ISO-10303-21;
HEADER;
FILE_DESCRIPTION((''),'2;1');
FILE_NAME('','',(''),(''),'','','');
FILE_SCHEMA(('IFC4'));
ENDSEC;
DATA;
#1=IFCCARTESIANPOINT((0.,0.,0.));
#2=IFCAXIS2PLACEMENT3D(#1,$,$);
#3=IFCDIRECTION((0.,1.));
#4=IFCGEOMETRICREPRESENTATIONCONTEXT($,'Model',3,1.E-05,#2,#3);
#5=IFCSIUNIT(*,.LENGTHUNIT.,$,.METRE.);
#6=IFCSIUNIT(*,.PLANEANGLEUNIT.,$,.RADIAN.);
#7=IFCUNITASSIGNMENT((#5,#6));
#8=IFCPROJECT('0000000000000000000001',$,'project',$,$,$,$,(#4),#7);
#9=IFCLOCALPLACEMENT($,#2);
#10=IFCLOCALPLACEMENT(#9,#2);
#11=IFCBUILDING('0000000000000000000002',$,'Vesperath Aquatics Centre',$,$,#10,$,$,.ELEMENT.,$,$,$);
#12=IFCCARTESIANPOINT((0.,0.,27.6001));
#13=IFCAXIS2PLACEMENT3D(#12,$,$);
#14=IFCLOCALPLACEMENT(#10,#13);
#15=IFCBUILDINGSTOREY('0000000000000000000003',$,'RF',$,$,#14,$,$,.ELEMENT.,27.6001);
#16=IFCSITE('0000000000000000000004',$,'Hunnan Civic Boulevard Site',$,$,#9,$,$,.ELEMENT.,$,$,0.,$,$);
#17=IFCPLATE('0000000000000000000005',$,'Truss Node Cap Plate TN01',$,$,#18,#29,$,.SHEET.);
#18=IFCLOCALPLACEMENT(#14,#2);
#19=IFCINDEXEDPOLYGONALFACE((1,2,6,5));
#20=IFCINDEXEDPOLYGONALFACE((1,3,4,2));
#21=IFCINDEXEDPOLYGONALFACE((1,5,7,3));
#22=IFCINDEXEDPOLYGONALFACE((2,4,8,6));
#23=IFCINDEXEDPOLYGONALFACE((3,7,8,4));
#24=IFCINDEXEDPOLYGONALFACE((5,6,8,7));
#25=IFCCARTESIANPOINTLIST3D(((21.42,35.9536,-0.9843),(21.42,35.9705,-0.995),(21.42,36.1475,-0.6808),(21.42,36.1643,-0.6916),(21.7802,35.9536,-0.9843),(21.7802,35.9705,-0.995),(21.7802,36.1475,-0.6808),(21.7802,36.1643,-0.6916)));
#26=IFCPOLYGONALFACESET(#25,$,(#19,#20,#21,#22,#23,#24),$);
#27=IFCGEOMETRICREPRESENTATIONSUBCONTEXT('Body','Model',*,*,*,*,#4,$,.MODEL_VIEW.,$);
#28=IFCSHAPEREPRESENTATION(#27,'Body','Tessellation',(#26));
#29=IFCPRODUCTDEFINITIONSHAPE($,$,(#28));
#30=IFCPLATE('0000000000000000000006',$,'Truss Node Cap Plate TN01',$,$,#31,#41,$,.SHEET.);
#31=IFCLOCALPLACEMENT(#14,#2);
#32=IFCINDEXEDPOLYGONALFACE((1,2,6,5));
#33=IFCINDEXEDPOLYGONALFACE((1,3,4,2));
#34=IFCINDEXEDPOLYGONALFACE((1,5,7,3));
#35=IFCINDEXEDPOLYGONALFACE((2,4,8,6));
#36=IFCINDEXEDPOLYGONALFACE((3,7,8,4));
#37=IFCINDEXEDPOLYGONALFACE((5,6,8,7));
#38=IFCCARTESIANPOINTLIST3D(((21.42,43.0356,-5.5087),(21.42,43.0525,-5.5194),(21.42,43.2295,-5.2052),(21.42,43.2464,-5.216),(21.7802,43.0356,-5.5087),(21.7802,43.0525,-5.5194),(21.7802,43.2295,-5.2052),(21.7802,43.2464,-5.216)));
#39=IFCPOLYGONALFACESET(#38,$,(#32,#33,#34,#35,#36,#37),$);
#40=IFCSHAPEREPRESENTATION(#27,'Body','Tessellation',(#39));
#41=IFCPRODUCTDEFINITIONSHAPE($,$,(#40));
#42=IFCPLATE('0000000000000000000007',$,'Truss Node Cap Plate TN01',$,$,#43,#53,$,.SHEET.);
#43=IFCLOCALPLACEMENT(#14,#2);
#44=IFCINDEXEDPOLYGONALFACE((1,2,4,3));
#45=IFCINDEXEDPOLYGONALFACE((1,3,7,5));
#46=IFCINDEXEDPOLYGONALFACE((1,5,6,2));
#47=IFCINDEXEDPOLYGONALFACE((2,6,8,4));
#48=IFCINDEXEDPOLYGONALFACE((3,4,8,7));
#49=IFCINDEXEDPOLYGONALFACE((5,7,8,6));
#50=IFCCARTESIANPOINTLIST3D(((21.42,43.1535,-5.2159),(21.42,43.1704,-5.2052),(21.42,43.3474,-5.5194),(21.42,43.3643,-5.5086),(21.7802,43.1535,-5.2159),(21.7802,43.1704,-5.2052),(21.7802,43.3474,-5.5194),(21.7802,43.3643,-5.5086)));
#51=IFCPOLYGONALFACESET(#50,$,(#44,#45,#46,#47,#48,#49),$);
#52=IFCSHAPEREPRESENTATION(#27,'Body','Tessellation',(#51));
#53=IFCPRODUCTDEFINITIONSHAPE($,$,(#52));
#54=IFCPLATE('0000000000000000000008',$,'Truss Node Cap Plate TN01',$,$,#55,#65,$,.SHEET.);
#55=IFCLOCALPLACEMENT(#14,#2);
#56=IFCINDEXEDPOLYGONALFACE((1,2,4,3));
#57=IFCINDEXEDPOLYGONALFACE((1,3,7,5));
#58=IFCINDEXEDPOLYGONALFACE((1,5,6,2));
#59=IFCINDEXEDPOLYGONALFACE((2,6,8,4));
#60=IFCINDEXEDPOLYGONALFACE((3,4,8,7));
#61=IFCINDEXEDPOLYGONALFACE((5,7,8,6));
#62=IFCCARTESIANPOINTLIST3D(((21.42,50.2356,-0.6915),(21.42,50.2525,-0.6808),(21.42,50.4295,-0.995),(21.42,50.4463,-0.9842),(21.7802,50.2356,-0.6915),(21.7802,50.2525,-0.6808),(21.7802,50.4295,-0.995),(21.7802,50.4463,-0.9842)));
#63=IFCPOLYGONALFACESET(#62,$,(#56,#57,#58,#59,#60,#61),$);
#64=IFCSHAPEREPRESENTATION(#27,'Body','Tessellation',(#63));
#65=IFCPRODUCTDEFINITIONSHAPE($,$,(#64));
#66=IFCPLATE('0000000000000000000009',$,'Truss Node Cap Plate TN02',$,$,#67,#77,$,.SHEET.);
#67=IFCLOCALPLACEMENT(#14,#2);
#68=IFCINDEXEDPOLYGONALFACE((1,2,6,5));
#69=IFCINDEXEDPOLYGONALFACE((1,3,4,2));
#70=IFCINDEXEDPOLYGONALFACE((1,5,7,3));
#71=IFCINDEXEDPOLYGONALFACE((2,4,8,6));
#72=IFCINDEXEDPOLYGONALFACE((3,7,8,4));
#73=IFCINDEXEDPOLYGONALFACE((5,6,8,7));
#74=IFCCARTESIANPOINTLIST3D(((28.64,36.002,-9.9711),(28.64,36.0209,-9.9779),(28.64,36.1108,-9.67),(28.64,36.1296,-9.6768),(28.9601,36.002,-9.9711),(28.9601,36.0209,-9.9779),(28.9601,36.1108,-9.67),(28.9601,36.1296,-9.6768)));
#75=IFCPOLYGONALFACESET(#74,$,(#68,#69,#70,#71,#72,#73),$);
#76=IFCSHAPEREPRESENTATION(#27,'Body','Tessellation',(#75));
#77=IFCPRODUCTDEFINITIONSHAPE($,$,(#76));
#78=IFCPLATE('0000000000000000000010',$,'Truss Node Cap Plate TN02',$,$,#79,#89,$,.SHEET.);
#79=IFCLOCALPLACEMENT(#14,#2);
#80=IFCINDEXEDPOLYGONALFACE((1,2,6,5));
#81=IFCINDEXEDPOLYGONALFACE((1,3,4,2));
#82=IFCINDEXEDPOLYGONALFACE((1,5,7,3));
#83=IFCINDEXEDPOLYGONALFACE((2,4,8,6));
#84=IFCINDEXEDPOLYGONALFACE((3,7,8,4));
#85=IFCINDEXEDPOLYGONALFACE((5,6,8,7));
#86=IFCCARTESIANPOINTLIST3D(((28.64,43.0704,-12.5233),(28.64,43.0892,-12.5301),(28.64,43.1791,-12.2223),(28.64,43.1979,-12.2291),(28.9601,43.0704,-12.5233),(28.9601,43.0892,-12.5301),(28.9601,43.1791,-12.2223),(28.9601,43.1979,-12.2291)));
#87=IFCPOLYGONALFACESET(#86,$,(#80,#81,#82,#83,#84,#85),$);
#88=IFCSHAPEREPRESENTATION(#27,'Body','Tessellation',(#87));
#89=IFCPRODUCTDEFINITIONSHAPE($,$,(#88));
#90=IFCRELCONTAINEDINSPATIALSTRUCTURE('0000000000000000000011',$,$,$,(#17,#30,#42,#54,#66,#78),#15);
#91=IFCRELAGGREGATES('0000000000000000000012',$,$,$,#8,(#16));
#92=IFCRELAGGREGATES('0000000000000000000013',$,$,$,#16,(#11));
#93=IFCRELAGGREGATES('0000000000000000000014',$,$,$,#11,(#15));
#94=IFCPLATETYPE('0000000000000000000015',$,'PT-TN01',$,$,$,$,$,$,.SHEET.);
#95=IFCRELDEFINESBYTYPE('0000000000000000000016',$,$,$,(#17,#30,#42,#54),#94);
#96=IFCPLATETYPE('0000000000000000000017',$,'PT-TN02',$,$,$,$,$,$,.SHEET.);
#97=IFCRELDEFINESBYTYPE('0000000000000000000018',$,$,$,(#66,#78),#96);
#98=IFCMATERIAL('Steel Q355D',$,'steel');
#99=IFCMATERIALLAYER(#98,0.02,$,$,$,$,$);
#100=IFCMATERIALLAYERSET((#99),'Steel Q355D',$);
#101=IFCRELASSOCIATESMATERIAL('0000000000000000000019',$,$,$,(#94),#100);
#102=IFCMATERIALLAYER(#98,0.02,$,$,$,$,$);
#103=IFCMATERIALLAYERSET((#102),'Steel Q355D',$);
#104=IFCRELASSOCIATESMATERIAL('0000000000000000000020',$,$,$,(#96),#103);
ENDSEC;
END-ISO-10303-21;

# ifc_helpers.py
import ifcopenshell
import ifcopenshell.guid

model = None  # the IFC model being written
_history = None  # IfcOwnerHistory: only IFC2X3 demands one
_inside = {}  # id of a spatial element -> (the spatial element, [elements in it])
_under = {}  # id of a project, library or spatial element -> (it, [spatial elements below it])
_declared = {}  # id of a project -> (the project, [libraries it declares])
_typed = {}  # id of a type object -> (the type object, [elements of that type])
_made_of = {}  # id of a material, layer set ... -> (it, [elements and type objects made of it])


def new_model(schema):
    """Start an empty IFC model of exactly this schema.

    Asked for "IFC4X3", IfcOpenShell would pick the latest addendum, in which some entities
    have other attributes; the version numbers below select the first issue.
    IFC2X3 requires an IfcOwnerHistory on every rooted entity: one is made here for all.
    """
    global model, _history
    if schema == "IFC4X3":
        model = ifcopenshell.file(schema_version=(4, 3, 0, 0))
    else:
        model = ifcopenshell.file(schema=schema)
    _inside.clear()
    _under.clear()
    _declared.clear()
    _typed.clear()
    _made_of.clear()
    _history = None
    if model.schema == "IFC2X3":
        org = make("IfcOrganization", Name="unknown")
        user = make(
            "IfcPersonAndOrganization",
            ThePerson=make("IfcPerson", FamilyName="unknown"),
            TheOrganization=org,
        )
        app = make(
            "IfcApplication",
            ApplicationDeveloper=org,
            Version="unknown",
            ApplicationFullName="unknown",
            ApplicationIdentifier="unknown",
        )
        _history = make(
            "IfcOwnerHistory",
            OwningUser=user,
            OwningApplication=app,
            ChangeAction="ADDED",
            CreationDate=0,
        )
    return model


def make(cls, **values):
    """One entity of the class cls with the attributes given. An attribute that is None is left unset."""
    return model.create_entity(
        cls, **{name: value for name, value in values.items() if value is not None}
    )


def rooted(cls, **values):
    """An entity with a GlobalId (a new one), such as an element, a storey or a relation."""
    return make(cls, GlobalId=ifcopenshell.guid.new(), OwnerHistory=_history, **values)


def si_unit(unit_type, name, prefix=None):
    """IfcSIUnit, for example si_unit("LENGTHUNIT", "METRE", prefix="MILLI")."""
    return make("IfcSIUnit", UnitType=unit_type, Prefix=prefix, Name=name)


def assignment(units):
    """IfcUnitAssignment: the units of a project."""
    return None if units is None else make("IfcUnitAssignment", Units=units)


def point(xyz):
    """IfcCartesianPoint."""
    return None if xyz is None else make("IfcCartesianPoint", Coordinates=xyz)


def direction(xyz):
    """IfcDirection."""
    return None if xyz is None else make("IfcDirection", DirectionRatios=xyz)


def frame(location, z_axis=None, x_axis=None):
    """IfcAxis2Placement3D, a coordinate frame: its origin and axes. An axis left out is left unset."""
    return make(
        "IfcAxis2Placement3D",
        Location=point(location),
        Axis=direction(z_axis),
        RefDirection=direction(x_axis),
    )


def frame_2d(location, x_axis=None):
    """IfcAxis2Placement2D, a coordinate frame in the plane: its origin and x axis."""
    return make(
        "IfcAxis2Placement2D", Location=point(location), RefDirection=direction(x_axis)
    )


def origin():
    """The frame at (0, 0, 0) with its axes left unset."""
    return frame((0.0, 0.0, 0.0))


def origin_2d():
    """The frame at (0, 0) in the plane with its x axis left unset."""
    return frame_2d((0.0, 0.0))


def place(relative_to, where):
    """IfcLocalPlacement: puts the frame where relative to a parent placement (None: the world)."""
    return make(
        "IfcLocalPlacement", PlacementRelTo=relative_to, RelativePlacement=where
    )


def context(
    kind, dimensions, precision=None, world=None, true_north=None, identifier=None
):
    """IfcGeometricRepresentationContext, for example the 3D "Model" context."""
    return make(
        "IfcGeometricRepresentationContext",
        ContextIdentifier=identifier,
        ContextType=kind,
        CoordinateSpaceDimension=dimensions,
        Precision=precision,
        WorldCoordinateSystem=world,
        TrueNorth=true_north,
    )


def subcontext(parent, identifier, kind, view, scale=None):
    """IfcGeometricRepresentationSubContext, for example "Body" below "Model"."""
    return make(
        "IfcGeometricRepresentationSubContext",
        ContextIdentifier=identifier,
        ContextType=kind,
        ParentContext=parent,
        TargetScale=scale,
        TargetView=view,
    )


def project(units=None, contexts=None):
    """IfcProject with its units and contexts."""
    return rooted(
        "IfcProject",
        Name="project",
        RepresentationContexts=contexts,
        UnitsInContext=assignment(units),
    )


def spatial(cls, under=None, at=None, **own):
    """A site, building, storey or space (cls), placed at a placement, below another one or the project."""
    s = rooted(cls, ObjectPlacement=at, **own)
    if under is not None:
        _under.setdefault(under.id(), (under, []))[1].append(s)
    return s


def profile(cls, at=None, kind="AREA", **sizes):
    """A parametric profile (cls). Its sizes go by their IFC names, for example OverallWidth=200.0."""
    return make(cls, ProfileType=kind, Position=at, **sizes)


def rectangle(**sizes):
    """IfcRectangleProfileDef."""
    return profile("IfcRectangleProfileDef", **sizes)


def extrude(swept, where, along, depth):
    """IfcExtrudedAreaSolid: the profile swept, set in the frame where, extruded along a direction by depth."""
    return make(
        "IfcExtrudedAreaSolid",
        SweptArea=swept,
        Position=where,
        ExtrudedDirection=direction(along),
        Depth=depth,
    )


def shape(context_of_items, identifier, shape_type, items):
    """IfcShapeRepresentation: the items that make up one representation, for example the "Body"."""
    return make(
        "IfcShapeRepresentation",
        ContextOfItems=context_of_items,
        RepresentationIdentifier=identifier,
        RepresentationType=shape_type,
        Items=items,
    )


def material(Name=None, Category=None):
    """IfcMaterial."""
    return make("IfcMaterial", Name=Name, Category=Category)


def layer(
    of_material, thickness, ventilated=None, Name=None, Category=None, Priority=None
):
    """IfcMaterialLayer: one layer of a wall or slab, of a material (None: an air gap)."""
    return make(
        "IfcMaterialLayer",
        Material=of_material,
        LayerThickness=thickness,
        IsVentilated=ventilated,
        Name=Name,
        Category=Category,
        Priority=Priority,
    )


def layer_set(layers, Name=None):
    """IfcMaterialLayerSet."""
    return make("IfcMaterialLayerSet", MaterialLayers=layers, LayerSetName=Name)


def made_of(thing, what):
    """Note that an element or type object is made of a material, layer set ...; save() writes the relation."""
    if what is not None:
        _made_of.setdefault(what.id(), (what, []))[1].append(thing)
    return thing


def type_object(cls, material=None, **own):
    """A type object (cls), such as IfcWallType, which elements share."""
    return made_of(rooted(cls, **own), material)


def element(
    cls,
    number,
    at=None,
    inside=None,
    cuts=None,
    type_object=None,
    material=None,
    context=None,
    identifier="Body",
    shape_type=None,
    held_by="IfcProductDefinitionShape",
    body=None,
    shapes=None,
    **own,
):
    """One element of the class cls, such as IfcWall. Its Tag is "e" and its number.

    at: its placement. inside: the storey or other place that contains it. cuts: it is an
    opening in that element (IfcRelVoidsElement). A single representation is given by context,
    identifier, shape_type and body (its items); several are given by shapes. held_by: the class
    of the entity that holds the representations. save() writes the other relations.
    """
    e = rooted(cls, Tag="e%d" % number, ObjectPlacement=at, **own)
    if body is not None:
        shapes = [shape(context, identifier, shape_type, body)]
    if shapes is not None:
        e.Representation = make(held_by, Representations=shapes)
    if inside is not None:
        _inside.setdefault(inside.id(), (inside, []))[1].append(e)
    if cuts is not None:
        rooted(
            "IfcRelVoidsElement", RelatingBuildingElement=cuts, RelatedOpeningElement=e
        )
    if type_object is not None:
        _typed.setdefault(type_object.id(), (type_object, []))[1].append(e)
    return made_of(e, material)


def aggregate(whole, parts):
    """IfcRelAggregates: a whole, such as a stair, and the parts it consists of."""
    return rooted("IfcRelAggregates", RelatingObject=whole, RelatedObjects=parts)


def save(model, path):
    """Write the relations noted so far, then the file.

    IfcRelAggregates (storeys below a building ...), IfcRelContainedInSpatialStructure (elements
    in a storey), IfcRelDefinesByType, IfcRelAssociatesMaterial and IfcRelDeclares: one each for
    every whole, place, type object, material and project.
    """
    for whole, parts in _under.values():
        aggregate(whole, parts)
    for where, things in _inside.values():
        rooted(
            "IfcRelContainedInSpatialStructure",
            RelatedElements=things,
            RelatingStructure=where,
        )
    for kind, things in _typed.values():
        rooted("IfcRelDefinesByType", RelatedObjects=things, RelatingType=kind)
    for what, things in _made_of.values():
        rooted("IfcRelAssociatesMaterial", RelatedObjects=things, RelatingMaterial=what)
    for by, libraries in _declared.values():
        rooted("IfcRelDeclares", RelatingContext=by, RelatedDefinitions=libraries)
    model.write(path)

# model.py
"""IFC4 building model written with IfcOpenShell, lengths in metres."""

from ifc_helpers import new_model, si_unit, direction, frame, origin, origin_2d, place, context, subcontext, project, spatial, rectangle, extrude, material, layer, layer_set, type_object, element, save


model = new_model("IFC4")

# Units and contexts
model_context = context("Model", 3, precision=1e-05, world=origin(), true_north=direction((0.0, 1.0)))
body_context = subcontext(model_context, "Body", "Model", "MODEL_VIEW")
ifc_project = project(units=[si_unit("LENGTHUNIT", "METRE"), si_unit("PLANEANGLEUNIT", "RADIAN")], contexts=[model_context])

# Site, building, storey
site_placement = place(None, origin())
site = spatial("IfcSite", under=ifc_project, at=site_placement, Name="Hunnan Civic Boulevard Site", CompositionType="ELEMENT", RefElevation=0.0)
building_placement = place(site_placement, origin())
building = spatial("IfcBuilding", under=site, at=building_placement, Name="Vesperath Aquatics Centre", CompositionType="ELEMENT")
storey_placement = place(building_placement, frame((0.0, 0.0, 27.6001)))
storey = spatial("IfcBuildingStorey", under=building, at=storey_placement, Name="RF", CompositionType="ELEMENT", Elevation=27.6001)

# Shared definitions
ifc_material_1 = material(Name="Steel Q355D", Category="steel")

# Plates
ifc_layer_1 = layer(ifc_material_1, 0.02)
ifc_layer_set_1 = layer_set([ifc_layer_1], Name="Steel Q355D")
plate_type_1 = type_object("IfcPlateType", Name="PT-TN01", PredefinedType="SHEET", material=ifc_layer_set_1)
for number, where, z_axis, x_axis, name in (
    (1, (21.6001, 36.0505, -0.8325), (0.0, 0.842696, -0.538389), (-1.0, 0.0, 0.0), "Truss Node Cap Plate TN01"),
    (2, (21.6001, 43.1326, -5.3569), (0.0, 0.842696, -0.538389), (-1.0, 0.0, 0.0), "Truss Node Cap Plate TN01"),
    (3, (21.6001, 43.2505, -5.3677), (0.0, 0.842696, 0.538389), (-1.0, 0.0, 0.0), "Truss Node Cap Plate TN01"),
    (4, (21.6001, 50.3325, -0.8433), (0.0, 0.842696, 0.538389), (-1.0, 0.0, 0.0), "Truss Node Cap Plate TN01"),
):
    element("IfcPlate", number, at=place(storey_placement, frame(where, z_axis=z_axis, x_axis=x_axis)), inside=storey, type_object=plate_type_1, Name=name, PredefinedType="SHEET", context=body_context, shape_type="SweptSolid", body=[
        extrude(rectangle(XDim=0.3601, YDim=0.3601, at=origin_2d()), origin(), (0.0, 0.0, 1.0), 0.02),
    ])
ifc_layer_2 = layer(ifc_material_1, 0.02)
ifc_layer_set_2 = layer_set([ifc_layer_2], Name="Steel Q355D")
plate_type_2 = type_object("IfcPlateType", Name="PT-TN02", PredefinedType="SHEET", material=ifc_layer_set_2)
for number, where, z_axis, x_axis, name in (
    (5, (28.8, 36.0564, -9.8206), (0.0, 0.940554, -0.339644), (-1.0, 0.0, 0.0), "Truss Node Cap Plate TN02"),
    (6, (28.8, 43.1248, -12.3728), (0.0, 0.940554, -0.339644), (-1.0, 0.0, 0.0), "Truss Node Cap Plate TN02"),
):
    element("IfcPlate", number, at=place(storey_placement, frame(where, z_axis=z_axis, x_axis=x_axis)), inside=storey, type_object=plate_type_2, Name=name, PredefinedType="SHEET", context=body_context, shape_type="SweptSolid", body=[
        extrude(rectangle(XDim=0.3201, YDim=0.3201, at=origin_2d()), origin(), (0.0, 0.0, 1.0), 0.02),
    ])

save(model, "model.ifc")
